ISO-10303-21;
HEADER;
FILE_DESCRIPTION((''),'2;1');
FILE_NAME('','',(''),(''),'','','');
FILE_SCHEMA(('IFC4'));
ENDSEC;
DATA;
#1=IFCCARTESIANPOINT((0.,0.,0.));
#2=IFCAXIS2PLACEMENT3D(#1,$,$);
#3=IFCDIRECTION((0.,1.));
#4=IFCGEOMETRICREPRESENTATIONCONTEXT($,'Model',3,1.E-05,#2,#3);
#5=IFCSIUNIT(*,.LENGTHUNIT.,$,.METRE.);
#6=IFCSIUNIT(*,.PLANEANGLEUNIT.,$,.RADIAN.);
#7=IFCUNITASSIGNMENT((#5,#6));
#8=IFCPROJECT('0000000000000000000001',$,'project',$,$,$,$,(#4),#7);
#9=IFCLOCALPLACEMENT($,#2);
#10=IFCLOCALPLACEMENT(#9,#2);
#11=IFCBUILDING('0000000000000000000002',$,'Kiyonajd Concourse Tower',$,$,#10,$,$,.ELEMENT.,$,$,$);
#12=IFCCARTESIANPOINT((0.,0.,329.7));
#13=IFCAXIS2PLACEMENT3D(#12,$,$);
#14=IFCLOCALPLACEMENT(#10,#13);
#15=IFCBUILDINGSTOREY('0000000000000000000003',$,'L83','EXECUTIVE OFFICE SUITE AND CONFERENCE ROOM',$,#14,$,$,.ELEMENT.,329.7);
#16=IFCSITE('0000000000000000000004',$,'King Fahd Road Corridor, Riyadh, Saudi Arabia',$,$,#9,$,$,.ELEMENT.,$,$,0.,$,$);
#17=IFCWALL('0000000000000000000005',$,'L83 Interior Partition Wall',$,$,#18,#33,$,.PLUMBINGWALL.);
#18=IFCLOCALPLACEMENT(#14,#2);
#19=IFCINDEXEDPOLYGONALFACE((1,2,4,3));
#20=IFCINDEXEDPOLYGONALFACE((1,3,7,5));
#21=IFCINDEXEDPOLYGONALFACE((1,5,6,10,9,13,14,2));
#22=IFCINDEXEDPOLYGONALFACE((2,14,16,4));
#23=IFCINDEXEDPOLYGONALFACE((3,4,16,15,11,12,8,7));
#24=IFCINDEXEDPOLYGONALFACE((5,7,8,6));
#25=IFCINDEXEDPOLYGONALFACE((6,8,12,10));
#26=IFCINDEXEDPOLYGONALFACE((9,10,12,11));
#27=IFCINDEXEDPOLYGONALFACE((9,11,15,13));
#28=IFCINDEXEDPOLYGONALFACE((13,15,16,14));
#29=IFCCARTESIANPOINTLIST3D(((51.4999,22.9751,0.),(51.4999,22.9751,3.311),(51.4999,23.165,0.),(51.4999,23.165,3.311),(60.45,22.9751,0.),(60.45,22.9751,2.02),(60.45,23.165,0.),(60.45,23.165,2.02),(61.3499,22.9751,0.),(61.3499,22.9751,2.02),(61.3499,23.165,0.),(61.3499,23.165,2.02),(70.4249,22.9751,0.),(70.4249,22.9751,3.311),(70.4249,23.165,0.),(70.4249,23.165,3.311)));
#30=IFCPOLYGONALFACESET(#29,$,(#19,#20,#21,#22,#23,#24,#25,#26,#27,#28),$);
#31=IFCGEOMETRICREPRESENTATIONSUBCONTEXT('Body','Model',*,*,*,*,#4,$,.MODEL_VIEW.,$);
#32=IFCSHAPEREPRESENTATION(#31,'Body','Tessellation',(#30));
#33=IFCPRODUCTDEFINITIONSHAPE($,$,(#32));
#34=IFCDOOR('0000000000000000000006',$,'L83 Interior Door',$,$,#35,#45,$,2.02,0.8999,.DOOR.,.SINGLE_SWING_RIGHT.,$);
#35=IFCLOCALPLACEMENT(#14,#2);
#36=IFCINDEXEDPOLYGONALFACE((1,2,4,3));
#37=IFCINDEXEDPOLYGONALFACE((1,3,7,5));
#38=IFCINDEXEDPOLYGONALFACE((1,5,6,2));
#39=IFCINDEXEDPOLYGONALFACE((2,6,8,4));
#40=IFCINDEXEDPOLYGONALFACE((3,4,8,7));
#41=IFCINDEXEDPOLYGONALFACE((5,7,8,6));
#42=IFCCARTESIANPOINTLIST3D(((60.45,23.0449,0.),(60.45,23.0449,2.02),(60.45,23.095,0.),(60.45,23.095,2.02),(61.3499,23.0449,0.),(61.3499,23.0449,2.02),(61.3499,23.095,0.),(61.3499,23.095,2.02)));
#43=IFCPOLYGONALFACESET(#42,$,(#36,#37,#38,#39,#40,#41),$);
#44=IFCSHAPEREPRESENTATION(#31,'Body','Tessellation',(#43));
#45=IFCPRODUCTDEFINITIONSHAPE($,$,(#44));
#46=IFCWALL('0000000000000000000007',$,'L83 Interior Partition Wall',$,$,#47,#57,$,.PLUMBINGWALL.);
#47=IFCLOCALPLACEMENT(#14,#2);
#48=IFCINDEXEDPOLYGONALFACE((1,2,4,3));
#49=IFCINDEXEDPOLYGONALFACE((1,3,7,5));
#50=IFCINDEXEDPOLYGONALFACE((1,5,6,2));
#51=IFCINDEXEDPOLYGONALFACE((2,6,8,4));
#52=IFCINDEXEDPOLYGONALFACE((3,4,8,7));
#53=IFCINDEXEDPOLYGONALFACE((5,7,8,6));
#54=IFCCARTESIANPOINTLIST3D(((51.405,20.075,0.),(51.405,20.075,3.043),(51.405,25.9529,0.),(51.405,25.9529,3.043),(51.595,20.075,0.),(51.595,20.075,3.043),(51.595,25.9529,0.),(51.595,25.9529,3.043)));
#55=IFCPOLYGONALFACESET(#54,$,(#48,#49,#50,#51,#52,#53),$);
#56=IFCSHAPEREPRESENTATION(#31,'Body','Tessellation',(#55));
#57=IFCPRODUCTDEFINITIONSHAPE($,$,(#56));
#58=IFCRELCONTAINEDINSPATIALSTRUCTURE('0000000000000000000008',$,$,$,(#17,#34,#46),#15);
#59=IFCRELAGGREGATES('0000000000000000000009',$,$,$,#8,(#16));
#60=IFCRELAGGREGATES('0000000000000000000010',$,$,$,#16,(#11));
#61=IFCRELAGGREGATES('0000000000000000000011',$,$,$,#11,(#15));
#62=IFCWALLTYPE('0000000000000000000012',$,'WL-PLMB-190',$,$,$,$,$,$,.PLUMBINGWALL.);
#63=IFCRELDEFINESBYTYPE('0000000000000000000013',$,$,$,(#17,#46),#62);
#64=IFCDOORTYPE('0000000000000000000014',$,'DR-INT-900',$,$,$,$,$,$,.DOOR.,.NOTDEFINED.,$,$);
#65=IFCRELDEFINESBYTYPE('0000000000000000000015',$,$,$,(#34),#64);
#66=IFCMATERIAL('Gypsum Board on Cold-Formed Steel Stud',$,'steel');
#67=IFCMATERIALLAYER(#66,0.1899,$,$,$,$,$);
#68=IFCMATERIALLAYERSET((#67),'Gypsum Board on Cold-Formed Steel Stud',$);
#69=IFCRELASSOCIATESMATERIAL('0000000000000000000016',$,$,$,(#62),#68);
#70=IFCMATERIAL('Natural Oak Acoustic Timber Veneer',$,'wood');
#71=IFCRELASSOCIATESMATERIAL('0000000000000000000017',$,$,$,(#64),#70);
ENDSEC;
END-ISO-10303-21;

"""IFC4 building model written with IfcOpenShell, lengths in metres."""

from ifc_helpers import new_model, si_unit, direction, frame, frame_2d, origin, place, context, subcontext, project, spatial, rectangle, extrude, material, layer, layer_set, type_object, element, fill, save


model = new_model("IFC4")

# Units and contexts
model_context = context("Model", 3, precision=1e-05, world=origin(), true_north=direction((0.0, 1.0)))
body_context = subcontext(model_context, "Body", "Model", "MODEL_VIEW")
ifc_project = project(units=[si_unit("LENGTHUNIT", "METRE"), si_unit("PLANEANGLEUNIT", "RADIAN")], contexts=[model_context])

# Site, building, storey
site_placement = place(None, origin())
site = spatial("IfcSite", under=ifc_project, at=site_placement, Name="King Fahd Road Corridor, Riyadh, Saudi Arabia", CompositionType="ELEMENT", RefElevation=0.0)
building_placement = place(site_placement, origin())
building = spatial("IfcBuilding", under=site, at=building_placement, Name="Kiyonajd Concourse Tower", CompositionType="ELEMENT")
storey_placement = place(building_placement, frame((0.0, 0.0, 329.7)))
storey = spatial("IfcBuildingStorey", under=building, at=storey_placement, Name="L83", Description="EXECUTIVE OFFICE SUITE AND CONFERENCE ROOM", CompositionType="ELEMENT", Elevation=329.7)

# Wall, opening, door
ifc_material_1 = material(Name="Gypsum Board on Cold-Formed Steel Stud", Category="steel")
ifc_layer_1 = layer(ifc_material_1, 0.1899)
ifc_layer_set_1 = layer_set([ifc_layer_1], Name="Gypsum Board on Cold-Formed Steel Stud")
wall_type_1 = type_object("IfcWallType", Name="WL-PLMB-190", PredefinedType="PLUMBINGWALL", material=ifc_layer_set_1)
wall_1_placement = place(storey_placement, frame((51.5, 23.0701, 0.0), z_axis=(0.0, 0.0, 1.0), x_axis=(1.0, 0.0, 0.0)))
wall_1 = element("IfcWall", 1, at=wall_1_placement, inside=storey, type_object=wall_type_1, Name="L83 Interior Partition Wall", PredefinedType="PLUMBINGWALL", context=body_context, shape_type="SweptSolid", body=[
    extrude(rectangle(XDim=18.925, YDim=0.1899, at=frame_2d((9.4624, 0.0))), origin(), (0.0, 0.0, 1.0), 3.311),
])
opening_1_placement = place(wall_1_placement, frame((8.95, 0.0, 0.0)))
opening_1 = element("IfcOpeningElement", 2, at=opening_1_placement, cuts=wall_1, PredefinedType="OPENING", context=body_context, shape_type="SweptSolid", body=[
    extrude(rectangle(XDim=0.8999, YDim=2.02, at=frame_2d((0.45, 1.01))), frame((0.0, 0.105, 0.0), z_axis=(0.0, -1.0, 0.0), x_axis=(1.0, 0.0, 0.0)), (0.0, 0.0, 1.0), 0.21),
])
ifc_material_2 = material(Name="Natural Oak Acoustic Timber Veneer", Category="wood")
door_type_1 = type_object("IfcDoorType", Name="DR-INT-900", OperationType="NOTDEFINED", PredefinedType="DOOR", material=ifc_material_2)
door_1_placement = place(opening_1_placement, origin())
door_1 = element("IfcDoor", 3, at=door_1_placement, inside=storey, type_object=door_type_1, Name="L83 Interior Door", OperationType="SINGLE_SWING_RIGHT", OverallHeight=2.02, OverallWidth=0.8999, PredefinedType="DOOR", context=body_context, shape_type="SweptSolid", body=[
    extrude(rectangle(XDim=0.8999, YDim=2.02, at=frame_2d((0.45, 1.01))), frame((0.0, 0.0249, 0.0), z_axis=(0.0, -1.0, 0.0), x_axis=(1.0, 0.0, 0.0)), (0.0, 0.0, 1.0), 0.05),
])
fill(opening_1, door_1)

# Wall
wall_2_placement = place(storey_placement, frame((51.5, 20.075, 0.0), z_axis=(0.0, 0.0, 1.0), x_axis=(0.0, 1.0, 0.0)))
element("IfcWall", 4, at=wall_2_placement, inside=storey, type_object=wall_type_1, Name="L83 Interior Partition Wall", PredefinedType="PLUMBINGWALL", context=body_context, shape_type="SweptSolid", body=[
    extrude(rectangle(XDim=5.8779, YDim=0.1899, at=frame_2d((2.939, 0.0))), origin(), (0.0, 0.0, 1.0), 3.043),
])

save(model, "model.ifc")
